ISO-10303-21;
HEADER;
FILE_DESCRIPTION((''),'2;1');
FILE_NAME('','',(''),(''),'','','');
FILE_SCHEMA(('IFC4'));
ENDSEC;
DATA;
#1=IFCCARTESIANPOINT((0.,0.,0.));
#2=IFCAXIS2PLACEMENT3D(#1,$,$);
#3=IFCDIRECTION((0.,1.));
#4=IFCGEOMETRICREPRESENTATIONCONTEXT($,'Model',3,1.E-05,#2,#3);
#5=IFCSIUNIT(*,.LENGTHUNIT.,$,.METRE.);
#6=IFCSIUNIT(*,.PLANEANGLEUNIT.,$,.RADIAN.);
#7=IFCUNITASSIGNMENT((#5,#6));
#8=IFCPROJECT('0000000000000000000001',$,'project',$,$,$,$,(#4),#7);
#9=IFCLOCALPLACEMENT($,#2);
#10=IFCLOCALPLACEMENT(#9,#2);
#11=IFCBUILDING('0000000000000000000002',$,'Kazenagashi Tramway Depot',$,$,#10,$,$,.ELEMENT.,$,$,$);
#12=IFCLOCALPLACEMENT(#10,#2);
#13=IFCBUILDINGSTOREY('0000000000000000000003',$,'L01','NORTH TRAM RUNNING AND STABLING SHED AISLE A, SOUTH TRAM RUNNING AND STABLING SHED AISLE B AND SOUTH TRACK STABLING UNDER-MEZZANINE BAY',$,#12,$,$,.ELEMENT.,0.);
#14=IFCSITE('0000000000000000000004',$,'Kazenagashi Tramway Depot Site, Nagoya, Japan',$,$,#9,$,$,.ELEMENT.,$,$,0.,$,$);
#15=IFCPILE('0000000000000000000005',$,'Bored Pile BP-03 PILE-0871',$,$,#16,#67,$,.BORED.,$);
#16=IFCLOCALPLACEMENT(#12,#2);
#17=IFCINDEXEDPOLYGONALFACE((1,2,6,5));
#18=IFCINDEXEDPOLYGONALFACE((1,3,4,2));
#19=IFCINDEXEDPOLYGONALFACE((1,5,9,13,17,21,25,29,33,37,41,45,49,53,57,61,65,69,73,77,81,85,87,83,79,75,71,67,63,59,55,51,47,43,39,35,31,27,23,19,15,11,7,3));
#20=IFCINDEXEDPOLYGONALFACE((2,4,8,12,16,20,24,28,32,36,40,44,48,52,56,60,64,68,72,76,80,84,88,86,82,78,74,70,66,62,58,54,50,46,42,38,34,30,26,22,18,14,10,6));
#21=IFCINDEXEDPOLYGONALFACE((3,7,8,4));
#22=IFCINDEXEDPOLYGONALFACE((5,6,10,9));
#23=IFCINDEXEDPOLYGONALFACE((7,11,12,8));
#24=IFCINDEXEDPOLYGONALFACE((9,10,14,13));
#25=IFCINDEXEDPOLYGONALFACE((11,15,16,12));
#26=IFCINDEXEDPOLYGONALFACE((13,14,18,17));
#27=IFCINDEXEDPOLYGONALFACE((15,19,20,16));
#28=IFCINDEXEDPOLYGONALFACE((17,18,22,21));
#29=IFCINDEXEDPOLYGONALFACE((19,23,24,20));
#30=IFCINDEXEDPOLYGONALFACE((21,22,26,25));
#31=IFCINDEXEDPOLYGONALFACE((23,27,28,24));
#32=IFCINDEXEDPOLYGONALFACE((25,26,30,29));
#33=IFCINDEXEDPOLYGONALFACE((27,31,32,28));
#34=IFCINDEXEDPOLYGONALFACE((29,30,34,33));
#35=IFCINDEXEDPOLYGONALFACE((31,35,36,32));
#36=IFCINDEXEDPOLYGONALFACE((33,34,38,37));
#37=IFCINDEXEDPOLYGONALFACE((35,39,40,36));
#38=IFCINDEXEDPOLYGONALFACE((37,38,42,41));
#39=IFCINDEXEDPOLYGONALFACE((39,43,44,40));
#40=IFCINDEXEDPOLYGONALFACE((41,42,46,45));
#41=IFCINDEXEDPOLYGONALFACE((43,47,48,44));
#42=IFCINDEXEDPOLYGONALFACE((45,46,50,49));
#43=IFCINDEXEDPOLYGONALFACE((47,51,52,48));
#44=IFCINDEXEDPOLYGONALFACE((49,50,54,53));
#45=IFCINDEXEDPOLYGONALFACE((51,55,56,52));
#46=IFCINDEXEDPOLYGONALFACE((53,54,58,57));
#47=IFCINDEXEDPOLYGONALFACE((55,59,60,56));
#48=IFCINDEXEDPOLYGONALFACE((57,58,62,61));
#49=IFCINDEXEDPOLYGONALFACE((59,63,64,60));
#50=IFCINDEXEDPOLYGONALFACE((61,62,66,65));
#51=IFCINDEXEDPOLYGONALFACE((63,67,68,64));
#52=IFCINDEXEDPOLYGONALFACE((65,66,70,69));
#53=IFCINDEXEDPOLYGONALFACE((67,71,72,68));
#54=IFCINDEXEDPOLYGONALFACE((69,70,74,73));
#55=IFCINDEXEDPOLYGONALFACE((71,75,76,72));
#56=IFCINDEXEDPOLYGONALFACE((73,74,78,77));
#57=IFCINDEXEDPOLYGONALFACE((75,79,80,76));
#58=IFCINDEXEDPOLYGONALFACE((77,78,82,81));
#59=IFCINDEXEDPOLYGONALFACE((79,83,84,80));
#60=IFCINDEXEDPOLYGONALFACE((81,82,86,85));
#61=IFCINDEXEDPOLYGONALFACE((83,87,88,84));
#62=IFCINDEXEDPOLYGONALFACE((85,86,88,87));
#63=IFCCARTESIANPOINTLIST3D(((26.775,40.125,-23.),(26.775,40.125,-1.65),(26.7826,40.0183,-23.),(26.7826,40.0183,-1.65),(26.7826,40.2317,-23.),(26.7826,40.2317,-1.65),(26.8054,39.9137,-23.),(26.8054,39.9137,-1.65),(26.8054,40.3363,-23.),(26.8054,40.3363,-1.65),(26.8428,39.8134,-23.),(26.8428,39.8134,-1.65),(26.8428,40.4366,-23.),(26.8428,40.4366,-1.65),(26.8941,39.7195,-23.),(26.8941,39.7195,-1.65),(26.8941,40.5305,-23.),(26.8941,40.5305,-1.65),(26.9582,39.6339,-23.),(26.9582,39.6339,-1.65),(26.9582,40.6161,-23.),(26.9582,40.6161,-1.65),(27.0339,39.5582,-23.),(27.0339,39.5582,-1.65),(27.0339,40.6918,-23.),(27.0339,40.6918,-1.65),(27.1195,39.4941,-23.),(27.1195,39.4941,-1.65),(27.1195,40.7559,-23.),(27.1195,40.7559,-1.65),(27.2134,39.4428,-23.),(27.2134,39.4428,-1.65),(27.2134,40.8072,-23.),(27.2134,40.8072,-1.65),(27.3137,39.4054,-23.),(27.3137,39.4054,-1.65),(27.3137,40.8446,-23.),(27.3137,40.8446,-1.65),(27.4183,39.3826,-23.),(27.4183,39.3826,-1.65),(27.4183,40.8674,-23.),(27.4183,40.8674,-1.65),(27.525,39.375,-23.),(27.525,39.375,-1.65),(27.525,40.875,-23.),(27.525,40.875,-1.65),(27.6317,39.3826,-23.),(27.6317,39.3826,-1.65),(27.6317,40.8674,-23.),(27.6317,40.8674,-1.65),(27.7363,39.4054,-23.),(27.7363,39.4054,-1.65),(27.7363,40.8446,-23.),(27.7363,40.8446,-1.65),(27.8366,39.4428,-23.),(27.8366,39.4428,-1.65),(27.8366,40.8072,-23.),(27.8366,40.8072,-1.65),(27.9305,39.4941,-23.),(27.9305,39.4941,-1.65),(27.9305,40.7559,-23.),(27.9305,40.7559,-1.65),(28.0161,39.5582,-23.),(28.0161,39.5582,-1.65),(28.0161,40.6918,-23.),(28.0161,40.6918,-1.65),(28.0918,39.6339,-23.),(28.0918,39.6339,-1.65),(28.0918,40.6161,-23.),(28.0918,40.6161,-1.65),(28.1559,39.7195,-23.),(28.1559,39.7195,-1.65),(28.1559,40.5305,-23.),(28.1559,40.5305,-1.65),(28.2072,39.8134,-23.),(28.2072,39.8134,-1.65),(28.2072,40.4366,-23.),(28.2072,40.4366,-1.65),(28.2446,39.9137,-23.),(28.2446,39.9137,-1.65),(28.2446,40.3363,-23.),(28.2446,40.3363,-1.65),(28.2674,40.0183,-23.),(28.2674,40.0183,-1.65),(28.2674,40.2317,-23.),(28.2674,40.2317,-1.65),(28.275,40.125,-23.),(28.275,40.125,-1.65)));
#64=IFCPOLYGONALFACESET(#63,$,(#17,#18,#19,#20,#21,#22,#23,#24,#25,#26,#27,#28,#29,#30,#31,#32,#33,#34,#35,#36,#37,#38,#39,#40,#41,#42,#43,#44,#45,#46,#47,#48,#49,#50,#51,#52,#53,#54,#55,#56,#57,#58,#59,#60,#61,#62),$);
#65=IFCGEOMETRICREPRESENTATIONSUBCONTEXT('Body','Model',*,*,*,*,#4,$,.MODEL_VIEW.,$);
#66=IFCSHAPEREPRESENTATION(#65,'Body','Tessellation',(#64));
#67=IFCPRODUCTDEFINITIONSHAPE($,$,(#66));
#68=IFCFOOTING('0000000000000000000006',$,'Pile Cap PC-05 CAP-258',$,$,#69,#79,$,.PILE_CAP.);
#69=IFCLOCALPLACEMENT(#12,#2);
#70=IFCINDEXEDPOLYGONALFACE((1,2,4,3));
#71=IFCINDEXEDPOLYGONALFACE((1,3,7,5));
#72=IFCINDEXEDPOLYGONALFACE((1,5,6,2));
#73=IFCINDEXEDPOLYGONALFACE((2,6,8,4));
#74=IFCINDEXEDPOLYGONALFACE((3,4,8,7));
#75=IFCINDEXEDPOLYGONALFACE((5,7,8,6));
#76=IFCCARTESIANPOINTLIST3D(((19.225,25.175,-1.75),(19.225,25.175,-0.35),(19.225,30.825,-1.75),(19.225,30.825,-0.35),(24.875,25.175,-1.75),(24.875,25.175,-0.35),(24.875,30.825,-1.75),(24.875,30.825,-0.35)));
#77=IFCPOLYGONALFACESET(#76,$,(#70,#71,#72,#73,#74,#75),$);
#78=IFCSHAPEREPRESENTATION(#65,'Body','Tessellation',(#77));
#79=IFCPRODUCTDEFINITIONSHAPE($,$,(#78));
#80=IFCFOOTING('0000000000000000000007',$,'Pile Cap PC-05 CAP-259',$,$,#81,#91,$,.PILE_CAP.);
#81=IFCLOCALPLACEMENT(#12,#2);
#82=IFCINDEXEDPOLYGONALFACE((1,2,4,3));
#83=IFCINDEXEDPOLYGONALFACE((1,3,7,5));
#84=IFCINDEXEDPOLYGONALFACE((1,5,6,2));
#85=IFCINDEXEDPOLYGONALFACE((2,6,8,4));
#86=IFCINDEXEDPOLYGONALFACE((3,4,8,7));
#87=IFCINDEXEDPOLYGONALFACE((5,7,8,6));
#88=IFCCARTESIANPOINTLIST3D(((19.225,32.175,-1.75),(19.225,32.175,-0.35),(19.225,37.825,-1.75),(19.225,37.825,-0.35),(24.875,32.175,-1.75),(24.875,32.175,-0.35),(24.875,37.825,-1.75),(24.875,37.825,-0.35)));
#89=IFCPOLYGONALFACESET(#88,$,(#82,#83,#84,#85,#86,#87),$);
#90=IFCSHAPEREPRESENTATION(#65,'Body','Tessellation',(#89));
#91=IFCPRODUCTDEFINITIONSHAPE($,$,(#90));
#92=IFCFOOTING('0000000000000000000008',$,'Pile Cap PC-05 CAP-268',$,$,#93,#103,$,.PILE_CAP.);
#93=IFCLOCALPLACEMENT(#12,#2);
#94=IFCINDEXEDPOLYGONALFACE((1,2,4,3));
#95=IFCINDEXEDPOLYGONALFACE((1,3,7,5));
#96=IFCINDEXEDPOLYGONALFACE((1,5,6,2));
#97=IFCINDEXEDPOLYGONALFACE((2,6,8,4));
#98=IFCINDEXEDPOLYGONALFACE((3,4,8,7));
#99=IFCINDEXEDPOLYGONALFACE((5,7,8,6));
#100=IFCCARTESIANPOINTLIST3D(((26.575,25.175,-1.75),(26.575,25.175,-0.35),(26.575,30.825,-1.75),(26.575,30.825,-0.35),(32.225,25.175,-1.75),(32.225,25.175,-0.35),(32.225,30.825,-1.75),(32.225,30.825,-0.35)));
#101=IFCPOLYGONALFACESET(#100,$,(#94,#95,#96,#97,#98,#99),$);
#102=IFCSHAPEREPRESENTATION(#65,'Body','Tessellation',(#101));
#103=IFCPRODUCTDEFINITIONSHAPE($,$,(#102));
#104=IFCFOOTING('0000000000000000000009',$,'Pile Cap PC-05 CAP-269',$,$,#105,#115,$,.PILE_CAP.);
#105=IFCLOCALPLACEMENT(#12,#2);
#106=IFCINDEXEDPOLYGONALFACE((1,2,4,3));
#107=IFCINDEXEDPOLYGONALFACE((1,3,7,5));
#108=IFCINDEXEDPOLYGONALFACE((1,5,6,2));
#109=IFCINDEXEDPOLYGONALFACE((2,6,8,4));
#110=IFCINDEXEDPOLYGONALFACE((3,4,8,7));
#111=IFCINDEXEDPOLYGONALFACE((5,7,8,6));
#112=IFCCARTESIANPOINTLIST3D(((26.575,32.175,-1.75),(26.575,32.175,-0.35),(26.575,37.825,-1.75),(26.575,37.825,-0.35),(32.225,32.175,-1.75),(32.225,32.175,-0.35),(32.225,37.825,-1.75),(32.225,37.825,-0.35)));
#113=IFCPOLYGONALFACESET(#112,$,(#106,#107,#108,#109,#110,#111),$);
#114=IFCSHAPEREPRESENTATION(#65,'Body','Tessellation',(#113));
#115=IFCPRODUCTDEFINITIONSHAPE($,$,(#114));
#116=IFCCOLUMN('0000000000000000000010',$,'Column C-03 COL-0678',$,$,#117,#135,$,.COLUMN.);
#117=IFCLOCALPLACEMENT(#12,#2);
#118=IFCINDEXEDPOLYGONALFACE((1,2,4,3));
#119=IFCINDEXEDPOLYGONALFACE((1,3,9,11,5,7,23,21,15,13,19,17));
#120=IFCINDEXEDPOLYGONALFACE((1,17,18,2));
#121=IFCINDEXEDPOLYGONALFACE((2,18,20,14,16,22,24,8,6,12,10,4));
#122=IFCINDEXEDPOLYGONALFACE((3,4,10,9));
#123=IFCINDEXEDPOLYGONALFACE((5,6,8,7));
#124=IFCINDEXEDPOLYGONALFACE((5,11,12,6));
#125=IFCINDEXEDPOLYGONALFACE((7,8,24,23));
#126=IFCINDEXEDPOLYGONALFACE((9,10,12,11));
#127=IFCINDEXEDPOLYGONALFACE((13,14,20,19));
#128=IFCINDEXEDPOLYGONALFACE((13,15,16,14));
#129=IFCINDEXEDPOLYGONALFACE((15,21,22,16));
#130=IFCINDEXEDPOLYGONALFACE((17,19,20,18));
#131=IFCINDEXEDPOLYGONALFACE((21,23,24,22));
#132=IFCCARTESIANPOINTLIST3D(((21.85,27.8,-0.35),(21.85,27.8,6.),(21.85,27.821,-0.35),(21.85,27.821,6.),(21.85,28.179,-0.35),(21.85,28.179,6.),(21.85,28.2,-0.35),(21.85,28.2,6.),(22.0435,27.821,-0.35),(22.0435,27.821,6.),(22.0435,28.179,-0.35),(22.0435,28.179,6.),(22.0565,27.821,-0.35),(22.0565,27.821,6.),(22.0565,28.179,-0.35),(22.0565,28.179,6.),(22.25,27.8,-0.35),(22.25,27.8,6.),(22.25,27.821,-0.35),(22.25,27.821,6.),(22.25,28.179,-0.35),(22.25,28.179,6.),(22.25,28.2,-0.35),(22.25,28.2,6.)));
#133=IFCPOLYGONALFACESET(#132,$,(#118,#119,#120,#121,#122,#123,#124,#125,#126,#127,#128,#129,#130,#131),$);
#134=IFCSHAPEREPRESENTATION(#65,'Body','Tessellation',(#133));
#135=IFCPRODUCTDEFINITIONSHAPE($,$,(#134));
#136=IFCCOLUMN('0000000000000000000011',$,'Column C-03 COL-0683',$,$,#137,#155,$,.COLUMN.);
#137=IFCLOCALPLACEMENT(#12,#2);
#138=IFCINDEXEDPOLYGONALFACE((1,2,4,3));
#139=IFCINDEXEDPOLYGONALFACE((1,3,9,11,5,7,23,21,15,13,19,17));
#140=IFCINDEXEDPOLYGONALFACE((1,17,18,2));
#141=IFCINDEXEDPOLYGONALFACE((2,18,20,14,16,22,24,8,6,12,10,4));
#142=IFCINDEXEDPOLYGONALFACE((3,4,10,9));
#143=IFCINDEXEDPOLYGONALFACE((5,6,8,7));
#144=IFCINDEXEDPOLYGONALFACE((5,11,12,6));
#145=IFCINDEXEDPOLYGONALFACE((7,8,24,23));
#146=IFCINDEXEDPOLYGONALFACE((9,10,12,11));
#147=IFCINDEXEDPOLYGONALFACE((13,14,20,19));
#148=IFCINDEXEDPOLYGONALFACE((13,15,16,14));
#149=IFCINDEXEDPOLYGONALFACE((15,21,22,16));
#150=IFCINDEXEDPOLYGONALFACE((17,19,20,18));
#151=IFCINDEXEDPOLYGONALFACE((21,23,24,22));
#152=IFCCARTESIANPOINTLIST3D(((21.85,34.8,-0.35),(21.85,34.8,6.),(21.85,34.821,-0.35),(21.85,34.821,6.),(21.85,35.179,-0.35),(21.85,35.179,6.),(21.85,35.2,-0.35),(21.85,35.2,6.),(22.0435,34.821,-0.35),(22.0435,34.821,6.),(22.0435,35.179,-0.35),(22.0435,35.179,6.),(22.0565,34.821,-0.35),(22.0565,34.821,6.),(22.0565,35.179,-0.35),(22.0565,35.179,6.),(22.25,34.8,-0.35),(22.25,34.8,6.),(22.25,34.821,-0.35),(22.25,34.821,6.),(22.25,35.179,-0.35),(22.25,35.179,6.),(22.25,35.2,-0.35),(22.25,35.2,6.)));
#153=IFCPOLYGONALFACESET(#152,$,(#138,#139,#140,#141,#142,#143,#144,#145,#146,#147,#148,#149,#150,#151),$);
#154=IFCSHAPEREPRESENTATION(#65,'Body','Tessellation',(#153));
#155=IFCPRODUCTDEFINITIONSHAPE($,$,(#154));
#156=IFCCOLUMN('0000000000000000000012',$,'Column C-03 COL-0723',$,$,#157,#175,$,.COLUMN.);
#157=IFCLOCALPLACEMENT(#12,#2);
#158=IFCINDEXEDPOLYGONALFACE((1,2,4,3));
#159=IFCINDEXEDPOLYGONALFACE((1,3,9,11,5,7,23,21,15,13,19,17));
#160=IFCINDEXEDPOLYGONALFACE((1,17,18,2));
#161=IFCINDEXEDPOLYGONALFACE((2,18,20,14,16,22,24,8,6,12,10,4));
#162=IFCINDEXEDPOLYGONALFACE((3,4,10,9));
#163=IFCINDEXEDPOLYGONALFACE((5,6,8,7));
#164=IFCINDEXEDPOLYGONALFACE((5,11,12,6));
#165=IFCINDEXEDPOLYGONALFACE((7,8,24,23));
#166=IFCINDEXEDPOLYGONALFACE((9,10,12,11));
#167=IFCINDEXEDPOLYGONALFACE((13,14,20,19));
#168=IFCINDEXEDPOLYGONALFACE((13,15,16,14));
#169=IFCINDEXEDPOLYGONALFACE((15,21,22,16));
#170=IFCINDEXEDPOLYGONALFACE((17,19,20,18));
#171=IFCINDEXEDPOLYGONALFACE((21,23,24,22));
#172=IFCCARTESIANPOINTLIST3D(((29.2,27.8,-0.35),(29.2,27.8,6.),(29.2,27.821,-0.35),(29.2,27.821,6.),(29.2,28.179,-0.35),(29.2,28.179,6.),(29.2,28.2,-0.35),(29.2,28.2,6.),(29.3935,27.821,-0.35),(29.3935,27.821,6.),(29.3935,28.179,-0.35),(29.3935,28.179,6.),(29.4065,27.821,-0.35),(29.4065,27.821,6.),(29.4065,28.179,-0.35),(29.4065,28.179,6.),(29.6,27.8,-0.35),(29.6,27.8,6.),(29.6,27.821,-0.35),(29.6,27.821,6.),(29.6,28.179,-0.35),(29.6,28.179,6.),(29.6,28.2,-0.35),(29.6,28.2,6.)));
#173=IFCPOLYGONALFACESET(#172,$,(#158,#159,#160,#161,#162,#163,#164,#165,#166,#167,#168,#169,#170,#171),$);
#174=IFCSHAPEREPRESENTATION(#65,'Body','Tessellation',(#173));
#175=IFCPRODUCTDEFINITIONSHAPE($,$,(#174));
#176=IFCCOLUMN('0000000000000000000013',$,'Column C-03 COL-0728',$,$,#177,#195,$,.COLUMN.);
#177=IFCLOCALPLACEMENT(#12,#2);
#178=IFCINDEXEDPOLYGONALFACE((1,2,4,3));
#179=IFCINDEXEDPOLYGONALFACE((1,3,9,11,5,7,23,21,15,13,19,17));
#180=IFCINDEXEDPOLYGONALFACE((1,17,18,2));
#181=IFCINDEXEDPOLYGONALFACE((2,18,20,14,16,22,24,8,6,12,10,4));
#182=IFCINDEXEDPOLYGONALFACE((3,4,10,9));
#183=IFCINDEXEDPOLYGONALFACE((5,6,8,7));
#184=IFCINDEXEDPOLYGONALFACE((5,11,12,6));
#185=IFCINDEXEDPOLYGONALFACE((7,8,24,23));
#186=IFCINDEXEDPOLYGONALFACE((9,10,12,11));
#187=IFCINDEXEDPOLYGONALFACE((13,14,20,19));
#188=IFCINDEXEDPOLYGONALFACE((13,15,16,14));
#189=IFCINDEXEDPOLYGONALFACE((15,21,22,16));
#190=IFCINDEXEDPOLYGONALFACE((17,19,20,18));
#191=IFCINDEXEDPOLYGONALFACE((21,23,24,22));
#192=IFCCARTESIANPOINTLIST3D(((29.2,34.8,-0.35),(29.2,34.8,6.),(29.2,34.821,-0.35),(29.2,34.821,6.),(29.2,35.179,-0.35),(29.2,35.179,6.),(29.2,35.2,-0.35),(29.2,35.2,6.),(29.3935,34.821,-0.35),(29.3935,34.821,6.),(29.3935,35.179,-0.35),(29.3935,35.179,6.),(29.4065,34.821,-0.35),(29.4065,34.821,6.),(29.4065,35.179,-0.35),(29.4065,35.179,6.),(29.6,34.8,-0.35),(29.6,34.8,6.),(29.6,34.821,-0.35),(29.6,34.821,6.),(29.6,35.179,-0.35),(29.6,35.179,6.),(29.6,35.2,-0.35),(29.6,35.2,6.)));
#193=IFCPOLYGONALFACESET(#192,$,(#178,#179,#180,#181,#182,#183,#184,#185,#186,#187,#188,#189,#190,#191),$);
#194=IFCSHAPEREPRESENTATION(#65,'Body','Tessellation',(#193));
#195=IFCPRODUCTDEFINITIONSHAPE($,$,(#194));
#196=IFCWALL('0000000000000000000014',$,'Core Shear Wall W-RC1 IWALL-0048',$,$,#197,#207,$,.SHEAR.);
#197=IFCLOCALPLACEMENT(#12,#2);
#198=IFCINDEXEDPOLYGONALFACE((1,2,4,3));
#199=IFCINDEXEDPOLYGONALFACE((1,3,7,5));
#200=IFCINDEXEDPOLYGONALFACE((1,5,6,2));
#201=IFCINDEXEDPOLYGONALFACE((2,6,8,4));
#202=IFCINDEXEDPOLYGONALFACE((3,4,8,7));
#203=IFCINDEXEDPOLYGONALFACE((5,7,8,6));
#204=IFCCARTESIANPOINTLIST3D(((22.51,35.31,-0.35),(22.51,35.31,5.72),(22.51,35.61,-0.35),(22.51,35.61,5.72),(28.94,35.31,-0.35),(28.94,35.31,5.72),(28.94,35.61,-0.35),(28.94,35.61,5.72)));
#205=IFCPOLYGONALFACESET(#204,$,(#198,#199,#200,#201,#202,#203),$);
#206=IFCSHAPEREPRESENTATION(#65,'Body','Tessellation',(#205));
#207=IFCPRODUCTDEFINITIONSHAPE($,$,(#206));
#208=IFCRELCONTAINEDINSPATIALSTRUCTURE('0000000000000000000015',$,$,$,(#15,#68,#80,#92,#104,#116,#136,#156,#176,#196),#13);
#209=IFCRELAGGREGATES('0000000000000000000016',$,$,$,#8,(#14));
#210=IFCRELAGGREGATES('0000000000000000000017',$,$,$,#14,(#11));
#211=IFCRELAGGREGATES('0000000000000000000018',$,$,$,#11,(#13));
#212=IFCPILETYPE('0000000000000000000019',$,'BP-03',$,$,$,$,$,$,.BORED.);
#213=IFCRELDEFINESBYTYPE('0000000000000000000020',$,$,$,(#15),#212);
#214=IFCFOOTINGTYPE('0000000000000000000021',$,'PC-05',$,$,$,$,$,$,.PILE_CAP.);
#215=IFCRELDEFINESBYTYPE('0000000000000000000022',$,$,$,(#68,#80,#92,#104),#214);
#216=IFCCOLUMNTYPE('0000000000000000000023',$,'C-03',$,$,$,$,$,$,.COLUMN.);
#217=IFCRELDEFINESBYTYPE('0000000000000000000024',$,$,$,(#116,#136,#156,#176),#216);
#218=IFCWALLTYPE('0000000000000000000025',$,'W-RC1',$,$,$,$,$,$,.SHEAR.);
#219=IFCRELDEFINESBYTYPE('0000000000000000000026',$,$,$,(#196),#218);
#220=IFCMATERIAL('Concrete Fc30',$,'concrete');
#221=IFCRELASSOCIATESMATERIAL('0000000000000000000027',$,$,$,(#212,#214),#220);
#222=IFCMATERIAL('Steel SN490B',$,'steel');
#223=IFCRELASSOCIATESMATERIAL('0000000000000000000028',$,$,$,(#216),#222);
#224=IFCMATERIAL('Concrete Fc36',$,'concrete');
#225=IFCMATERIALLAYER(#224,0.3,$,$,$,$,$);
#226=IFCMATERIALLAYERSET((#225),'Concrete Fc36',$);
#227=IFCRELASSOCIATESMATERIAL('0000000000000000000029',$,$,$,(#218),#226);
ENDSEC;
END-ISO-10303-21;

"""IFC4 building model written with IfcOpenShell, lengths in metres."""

from ifc_helpers import new_model, si_unit, direction, frame, frame_2d, origin, origin_2d, place, context, subcontext, project, spatial, rectangle, circle, i_section, extrude, material, layer, layer_set, material_profile, profile_set, type_object, element, save


model = new_model("IFC4")

# Units and contexts
model_context = context("Model", 3, precision=1e-05, world=origin(), true_north=direction((0.0, 1.0)))
body_context = subcontext(model_context, "Body", "Model", "MODEL_VIEW")
ifc_project = project(units=[si_unit("LENGTHUNIT", "METRE"), si_unit("PLANEANGLEUNIT", "RADIAN")], contexts=[model_context])

# Site, building, storey
site_placement = place(None, origin())
site = spatial("IfcSite", under=ifc_project, at=site_placement, Name="Kazenagashi Tramway Depot Site, Nagoya, Japan", CompositionType="ELEMENT", RefElevation=0.0)
building_placement = place(site_placement, origin())
building = spatial("IfcBuilding", under=site, at=building_placement, Name="Kazenagashi Tramway Depot", CompositionType="ELEMENT")
storey_placement = place(building_placement, origin())
storey = spatial("IfcBuildingStorey", under=building, at=storey_placement, Name="L01", Description="NORTH TRAM RUNNING AND STABLING SHED AISLE A, SOUTH TRAM RUNNING AND STABLING SHED AISLE B AND SOUTH TRACK STABLING UNDER-MEZZANINE BAY", CompositionType="ELEMENT", Elevation=0.0)

# Pile
ifc_material_1 = material(Name="Concrete Fc30", Category="concrete")
ifc_material_profile_1 = material_profile(ifc_material_1, circle(Radius=0.75, at=origin_2d()), Name="PILE-1500")
ifc_profile_set_1 = profile_set([ifc_material_profile_1], Name="Concrete Fc30")
pile_type = type_object("IfcPileType", Name="BP-03", PredefinedType="BORED", material=ifc_profile_set_1)
for number, where, z_axis, x_axis, name in (
    (1, (27.525, 40.125, -1.65), (0.0, 0.0, -1.0), (1.0, 0.0, 0.0), "Bored Pile BP-03 PILE-0871"),
):
    element("IfcPile", number, at=place(storey_placement, frame(where, z_axis=z_axis, x_axis=x_axis)), inside=storey, type_object=pile_type, Name=name, PredefinedType="BORED", context=body_context, shape_type="SweptSolid", body=[
        extrude(circle(Radius=0.75, at=origin_2d()), origin(), (0.0, 0.0, 1.0), 21.35),
    ])

# Footings
footing_type = type_object("IfcFootingType", Name="PC-05", PredefinedType="PILE_CAP", material=ifc_material_1)
for number, where, z_axis, x_axis, name in (
    (2, (22.05, 28.0, -1.75), (0.0, 0.0, 1.0), (1.0, 0.0, 0.0), "Pile Cap PC-05 CAP-258"),
    (3, (22.05, 35.0, -1.75), (0.0, 0.0, 1.0), (1.0, 0.0, 0.0), "Pile Cap PC-05 CAP-259"),
    (4, (29.4, 28.0, -1.75), (0.0, 0.0, 1.0), (1.0, 0.0, 0.0), "Pile Cap PC-05 CAP-268"),
    (5, (29.4, 35.0, -1.75), (0.0, 0.0, 1.0), (1.0, 0.0, 0.0), "Pile Cap PC-05 CAP-269"),
):
    element("IfcFooting", number, at=place(storey_placement, frame(where, z_axis=z_axis, x_axis=x_axis)), inside=storey, type_object=footing_type, Name=name, PredefinedType="PILE_CAP", context=body_context, shape_type="SweptSolid", body=[
        extrude(rectangle(XDim=5.65, YDim=5.65, at=origin_2d()), origin(), (0.0, 0.0, 1.0), 1.4),
    ])

# Columns
ifc_material_2 = material(Name="Steel SN490B", Category="steel")
ifc_material_profile_2 = material_profile(ifc_material_2, i_section(OverallWidth=0.4, OverallDepth=0.4, WebThickness=0.013, FlangeThickness=0.021, at=origin_2d()), Name="H-400x400x13x21")
ifc_profile_set_2 = profile_set([ifc_material_profile_2], Name="Steel SN490B")
column_type = type_object("IfcColumnType", Name="C-03", PredefinedType="COLUMN", material=ifc_profile_set_2)
for number, where, z_axis, x_axis, name in (
    (6, (22.05, 28.0, -0.35), (0.0, 0.0, 1.0), (1.0, 0.0, 0.0), "Column C-03 COL-0678"),
    (7, (22.05, 35.0, -0.35), (0.0, 0.0, 1.0), (1.0, 0.0, 0.0), "Column C-03 COL-0683"),
    (8, (29.4, 28.0, -0.35), (0.0, 0.0, 1.0), (1.0, 0.0, 0.0), "Column C-03 COL-0723"),
    (9, (29.4, 35.0, -0.35), (0.0, 0.0, 1.0), (1.0, 0.0, 0.0), "Column C-03 COL-0728"),
):
    element("IfcColumn", number, at=place(storey_placement, frame(where, z_axis=z_axis, x_axis=x_axis)), inside=storey, type_object=column_type, Name=name, PredefinedType="COLUMN", context=body_context, shape_type="SweptSolid", body=[
        extrude(i_section(OverallWidth=0.4, OverallDepth=0.4, WebThickness=0.013, FlangeThickness=0.021, at=origin_2d()), origin(), (0.0, 0.0, 1.0), 6.35),
    ])

# Wall
ifc_material_3 = material(Name="Concrete Fc36", Category="concrete")
ifc_layer_1 = layer(ifc_material_3, 0.3)
ifc_layer_set_1 = layer_set([ifc_layer_1], Name="Concrete Fc36")
wall_type = type_object("IfcWallType", Name="W-RC1", PredefinedType="SHEAR", material=ifc_layer_set_1)
wall_1_placement = place(storey_placement, frame((22.51, 35.46, -0.35), z_axis=(0.0, 0.0, 1.0), x_axis=(1.0, 0.0, 0.0)))
element("IfcWall", 10, at=wall_1_placement, inside=storey, type_object=wall_type, Name="Core Shear Wall W-RC1 IWALL-0048", PredefinedType="SHEAR", context=body_context, shape_type="SweptSolid", body=[
    extrude(rectangle(XDim=6.43, YDim=0.3, at=frame_2d((3.215, 0.0))), origin(), (0.0, 0.0, 1.0), 6.07),
])

save(model, "model.ifc")
